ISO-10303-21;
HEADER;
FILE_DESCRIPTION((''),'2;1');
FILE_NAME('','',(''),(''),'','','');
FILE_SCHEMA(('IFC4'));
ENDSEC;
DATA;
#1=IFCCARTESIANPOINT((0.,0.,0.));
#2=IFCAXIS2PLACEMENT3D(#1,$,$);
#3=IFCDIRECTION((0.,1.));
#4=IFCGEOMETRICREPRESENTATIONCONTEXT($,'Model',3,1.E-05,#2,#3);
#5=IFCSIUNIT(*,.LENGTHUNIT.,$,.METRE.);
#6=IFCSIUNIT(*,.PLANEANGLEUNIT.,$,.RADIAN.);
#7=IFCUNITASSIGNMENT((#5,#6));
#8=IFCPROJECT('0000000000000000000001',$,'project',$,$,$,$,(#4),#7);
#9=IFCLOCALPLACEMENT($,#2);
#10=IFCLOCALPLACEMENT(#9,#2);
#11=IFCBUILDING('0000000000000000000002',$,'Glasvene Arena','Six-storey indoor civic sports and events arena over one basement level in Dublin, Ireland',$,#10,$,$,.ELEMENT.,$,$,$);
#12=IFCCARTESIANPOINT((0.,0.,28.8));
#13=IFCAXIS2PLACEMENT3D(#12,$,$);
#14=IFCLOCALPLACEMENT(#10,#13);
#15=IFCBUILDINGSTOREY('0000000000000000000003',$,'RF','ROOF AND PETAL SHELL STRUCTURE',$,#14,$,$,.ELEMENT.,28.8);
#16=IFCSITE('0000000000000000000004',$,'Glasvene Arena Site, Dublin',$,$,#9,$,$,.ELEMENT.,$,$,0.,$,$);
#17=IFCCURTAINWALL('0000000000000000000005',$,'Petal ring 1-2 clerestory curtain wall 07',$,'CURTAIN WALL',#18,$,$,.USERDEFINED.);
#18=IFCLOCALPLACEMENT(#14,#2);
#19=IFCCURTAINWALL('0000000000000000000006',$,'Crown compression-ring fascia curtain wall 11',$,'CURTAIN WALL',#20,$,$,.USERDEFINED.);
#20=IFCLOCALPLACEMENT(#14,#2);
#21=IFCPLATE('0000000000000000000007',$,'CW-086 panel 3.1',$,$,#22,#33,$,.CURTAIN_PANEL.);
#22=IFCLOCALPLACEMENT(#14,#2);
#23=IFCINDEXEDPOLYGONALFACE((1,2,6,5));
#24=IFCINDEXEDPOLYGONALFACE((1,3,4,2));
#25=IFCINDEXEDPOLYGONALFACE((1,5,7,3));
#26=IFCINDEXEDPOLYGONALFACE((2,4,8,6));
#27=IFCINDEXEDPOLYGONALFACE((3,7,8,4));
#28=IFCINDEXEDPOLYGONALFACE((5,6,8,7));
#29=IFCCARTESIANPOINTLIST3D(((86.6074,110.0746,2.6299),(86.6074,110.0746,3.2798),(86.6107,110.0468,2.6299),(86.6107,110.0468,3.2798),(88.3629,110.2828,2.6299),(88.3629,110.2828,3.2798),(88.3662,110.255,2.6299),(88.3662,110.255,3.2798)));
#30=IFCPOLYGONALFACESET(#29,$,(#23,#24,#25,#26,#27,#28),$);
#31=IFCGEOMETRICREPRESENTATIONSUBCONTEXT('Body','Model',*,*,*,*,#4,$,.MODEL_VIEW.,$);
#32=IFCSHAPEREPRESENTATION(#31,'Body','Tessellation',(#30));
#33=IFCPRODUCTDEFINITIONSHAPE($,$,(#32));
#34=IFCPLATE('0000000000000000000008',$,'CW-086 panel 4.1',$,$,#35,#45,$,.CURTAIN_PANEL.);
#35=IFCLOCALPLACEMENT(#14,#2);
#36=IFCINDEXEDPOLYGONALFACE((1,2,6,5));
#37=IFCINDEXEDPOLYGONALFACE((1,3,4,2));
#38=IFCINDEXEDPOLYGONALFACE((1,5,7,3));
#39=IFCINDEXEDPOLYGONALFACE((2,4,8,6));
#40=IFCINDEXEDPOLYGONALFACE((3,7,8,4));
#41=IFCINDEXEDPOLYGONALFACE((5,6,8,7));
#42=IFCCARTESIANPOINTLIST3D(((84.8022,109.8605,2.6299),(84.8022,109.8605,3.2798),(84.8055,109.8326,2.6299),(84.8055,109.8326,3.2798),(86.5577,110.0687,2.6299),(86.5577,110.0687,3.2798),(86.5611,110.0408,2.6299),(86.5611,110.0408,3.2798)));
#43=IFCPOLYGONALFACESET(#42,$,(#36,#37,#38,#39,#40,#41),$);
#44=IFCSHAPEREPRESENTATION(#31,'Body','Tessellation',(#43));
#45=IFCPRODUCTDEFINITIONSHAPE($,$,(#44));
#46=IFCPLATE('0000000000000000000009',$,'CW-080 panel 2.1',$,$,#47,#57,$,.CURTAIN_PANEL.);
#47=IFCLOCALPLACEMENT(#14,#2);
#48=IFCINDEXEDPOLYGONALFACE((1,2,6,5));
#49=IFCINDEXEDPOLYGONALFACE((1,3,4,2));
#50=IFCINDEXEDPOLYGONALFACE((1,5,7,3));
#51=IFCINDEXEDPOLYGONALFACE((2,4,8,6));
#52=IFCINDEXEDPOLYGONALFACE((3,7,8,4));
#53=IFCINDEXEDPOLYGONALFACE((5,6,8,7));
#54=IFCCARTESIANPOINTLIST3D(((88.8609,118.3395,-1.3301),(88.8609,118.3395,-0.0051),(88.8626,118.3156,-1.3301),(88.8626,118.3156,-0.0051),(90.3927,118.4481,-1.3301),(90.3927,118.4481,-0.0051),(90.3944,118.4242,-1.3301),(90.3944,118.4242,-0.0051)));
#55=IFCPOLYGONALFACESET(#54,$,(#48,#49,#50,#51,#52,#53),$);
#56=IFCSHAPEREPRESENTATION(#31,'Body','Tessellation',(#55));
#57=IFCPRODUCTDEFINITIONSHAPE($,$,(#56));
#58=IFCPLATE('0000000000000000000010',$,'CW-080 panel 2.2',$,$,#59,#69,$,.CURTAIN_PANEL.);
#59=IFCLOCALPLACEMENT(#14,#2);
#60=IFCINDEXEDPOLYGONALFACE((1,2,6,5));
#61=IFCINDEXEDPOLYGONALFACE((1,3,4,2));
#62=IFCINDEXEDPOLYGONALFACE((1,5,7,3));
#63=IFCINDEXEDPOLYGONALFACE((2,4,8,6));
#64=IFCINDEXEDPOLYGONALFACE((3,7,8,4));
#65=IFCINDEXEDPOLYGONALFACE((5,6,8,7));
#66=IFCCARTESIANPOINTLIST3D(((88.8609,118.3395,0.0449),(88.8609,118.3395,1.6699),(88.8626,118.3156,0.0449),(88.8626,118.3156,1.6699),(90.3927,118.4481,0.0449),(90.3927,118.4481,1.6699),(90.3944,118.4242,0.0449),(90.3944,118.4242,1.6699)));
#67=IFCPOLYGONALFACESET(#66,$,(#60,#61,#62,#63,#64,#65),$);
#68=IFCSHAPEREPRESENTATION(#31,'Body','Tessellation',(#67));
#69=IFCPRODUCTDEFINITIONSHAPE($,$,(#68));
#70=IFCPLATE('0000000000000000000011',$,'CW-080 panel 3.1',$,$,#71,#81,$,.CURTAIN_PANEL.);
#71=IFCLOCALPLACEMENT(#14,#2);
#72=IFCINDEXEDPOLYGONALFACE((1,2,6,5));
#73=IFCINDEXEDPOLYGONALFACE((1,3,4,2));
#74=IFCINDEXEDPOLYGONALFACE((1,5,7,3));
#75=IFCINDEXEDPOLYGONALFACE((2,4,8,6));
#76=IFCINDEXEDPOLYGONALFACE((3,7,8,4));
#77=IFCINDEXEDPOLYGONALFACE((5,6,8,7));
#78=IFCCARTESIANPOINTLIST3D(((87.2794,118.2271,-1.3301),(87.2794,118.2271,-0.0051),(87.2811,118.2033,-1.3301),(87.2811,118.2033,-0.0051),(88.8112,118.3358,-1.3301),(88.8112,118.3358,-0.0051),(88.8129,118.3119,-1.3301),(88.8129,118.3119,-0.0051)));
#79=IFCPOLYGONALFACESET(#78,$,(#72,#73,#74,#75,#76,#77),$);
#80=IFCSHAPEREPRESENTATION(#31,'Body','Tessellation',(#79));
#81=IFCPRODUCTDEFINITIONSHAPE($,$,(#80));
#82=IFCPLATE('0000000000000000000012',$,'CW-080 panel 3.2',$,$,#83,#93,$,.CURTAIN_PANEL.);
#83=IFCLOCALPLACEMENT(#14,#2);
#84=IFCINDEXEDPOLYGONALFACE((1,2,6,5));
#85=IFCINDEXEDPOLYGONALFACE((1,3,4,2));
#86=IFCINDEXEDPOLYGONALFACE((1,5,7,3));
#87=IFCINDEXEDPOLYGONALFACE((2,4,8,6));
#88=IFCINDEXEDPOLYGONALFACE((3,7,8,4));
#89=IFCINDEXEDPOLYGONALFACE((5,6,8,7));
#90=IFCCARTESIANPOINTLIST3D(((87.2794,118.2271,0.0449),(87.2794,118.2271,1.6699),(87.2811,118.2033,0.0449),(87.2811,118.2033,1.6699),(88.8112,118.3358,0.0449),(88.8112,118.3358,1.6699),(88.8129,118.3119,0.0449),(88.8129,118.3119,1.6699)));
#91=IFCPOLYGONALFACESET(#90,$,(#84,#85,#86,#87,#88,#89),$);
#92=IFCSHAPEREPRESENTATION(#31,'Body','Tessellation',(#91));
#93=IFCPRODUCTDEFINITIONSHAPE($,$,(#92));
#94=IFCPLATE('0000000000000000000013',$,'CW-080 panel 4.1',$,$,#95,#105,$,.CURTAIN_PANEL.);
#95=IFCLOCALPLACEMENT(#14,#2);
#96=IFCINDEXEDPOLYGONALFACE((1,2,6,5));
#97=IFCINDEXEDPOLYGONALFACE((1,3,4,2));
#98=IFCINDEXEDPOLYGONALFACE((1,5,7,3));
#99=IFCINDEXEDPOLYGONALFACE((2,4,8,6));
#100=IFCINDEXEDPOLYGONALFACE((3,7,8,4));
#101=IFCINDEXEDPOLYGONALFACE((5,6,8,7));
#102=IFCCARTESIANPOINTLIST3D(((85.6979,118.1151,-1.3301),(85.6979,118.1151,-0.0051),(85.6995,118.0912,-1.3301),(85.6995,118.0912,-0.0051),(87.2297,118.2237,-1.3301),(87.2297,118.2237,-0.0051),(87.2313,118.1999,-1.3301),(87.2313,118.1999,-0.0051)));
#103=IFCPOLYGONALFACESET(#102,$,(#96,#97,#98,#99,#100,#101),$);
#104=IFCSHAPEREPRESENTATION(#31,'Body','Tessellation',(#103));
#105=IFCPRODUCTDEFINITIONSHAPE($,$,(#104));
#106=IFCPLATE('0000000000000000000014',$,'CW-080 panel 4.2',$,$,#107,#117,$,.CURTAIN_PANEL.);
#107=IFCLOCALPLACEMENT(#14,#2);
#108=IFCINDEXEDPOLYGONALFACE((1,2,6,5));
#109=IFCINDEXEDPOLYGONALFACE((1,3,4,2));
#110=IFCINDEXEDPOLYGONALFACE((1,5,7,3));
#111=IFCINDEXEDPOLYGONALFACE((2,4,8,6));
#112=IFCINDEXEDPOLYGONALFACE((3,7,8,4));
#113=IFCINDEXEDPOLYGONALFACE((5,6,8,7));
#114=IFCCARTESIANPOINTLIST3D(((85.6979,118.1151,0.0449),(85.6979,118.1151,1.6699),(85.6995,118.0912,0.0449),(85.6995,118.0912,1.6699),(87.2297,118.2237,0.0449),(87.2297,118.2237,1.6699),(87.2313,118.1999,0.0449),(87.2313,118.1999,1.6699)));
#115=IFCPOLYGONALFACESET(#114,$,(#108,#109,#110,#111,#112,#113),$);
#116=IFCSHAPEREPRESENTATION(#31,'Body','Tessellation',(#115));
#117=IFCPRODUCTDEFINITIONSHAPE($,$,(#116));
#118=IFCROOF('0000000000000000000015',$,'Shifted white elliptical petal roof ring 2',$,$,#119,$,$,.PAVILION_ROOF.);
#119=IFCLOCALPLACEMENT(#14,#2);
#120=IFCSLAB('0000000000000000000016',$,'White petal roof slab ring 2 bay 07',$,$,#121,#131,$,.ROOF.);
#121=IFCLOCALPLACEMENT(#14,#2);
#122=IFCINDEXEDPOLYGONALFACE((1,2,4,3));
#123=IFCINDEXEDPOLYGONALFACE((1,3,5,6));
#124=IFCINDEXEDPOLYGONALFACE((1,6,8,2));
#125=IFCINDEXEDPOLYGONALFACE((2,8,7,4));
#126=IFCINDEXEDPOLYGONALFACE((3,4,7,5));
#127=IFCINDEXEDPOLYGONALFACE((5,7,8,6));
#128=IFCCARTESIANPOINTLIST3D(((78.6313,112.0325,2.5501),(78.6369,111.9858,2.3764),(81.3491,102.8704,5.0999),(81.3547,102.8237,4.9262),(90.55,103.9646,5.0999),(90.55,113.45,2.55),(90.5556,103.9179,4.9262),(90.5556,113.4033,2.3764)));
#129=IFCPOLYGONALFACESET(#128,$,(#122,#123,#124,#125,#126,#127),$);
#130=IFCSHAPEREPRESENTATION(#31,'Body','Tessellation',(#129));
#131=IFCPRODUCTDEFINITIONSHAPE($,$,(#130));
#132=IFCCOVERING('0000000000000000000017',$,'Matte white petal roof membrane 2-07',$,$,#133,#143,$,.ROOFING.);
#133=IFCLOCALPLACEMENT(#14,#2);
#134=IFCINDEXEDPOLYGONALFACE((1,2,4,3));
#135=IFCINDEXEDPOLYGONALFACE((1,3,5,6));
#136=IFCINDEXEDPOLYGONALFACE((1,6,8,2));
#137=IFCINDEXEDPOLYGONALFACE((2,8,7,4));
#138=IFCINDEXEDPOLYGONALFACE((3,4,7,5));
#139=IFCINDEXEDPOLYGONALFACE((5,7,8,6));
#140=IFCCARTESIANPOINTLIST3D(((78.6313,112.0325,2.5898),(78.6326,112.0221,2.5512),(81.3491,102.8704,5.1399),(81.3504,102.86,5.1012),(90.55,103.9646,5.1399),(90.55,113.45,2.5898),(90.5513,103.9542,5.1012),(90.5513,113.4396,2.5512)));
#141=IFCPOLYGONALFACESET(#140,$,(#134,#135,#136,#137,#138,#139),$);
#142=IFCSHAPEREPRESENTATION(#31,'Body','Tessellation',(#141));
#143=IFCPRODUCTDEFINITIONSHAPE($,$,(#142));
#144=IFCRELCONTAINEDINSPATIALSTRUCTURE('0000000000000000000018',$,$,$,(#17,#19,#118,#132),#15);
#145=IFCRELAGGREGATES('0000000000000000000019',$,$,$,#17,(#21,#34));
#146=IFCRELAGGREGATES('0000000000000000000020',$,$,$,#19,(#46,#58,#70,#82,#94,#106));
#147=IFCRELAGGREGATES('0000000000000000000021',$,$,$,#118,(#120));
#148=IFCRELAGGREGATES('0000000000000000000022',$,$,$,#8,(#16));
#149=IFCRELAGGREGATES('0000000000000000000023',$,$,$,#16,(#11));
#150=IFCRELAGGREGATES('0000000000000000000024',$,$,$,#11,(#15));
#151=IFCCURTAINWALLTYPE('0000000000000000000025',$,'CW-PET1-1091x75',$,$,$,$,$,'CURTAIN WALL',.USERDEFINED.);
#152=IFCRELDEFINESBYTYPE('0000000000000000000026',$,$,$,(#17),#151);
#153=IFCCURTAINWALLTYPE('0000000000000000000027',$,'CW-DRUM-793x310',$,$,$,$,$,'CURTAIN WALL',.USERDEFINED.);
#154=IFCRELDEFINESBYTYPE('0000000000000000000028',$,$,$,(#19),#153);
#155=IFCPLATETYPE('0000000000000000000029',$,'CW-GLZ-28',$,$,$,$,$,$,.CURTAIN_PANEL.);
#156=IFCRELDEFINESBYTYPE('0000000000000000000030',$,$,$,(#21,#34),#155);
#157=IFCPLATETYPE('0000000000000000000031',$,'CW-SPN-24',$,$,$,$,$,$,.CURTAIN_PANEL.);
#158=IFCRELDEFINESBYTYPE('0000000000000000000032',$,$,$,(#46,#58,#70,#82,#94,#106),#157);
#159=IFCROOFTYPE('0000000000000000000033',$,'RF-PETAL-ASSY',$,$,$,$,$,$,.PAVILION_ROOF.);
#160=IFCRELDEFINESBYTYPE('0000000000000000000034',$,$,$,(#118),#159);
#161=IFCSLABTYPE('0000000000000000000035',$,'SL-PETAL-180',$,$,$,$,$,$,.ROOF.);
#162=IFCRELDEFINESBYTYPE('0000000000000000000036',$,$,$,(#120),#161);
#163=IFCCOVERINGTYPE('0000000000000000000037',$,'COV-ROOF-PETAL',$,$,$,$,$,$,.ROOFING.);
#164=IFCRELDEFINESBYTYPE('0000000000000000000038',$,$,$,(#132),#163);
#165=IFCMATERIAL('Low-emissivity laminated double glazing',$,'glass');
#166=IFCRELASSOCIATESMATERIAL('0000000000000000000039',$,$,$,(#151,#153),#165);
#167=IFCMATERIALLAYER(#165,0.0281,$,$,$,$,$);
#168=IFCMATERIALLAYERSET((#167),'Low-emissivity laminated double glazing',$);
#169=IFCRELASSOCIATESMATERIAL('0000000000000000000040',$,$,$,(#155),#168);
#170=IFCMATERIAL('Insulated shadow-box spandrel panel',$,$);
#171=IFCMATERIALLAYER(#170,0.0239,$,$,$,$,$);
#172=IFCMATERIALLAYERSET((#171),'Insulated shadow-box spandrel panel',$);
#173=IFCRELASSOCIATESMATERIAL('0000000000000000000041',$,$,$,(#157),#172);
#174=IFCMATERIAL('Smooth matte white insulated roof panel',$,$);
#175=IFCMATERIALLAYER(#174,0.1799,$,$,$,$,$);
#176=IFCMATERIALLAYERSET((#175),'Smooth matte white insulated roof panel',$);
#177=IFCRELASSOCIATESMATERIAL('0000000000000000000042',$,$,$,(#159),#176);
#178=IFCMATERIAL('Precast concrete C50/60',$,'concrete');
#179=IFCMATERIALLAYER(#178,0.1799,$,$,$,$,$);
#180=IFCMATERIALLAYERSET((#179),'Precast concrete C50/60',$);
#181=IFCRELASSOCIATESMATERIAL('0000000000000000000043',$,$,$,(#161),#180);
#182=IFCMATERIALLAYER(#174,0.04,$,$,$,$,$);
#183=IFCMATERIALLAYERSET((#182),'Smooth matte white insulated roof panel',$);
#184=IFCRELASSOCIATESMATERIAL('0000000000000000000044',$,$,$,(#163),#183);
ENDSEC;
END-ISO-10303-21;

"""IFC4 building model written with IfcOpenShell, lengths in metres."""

from ifc_helpers import new_model, si_unit, direction, frame, origin, origin_2d, place, context, subcontext, project, spatial, polyline, rectangle, outline, extrude, material, layer, layer_set, type_object, element, aggregate, save


model = new_model("IFC4")

# Units and contexts
model_context = context("Model", 3, precision=1e-05, world=origin(), true_north=direction((0.0, 1.0)))
body_context = subcontext(model_context, "Body", "Model", "MODEL_VIEW")
ifc_project = project(units=[si_unit("LENGTHUNIT", "METRE"), si_unit("PLANEANGLEUNIT", "RADIAN")], contexts=[model_context])

# Site, building, storey
site_placement = place(None, origin())
site = spatial("IfcSite", under=ifc_project, at=site_placement, Name="Glasvene Arena Site, Dublin", CompositionType="ELEMENT", RefElevation=0.0)
building_placement = place(site_placement, origin())
building = spatial("IfcBuilding", under=site, at=building_placement, Name="Glasvene Arena", Description="Six-storey indoor civic sports and events arena over one basement level in Dublin, Ireland", CompositionType="ELEMENT")
storey_placement = place(building_placement, frame((0.0, 0.0, 28.8)))
storey = spatial("IfcBuildingStorey", under=building, at=storey_placement, Name="RF", Description="ROOF AND PETAL SHELL STRUCTURE", CompositionType="ELEMENT", Elevation=28.8)

# Curtain walls
ifc_material_1 = material(Name="Low-emissivity laminated double glazing", Category="glass")
curtain_wall_type_1 = type_object("IfcCurtainWallType", Name="CW-PET1-1091x75", ElementType="CURTAIN WALL", PredefinedType="USERDEFINED", material=ifc_material_1)
curtain_wall_1_placement = place(storey_placement, frame((92.0, 110.7, 0.0)))
curtain_wall_1 = element("IfcCurtainWall", 1, at=curtain_wall_1_placement, inside=storey, type_object=curtain_wall_type_1, Name="Petal ring 1-2 clerestory curtain wall 07", ObjectType="CURTAIN WALL", PredefinedType="USERDEFINED")
curtain_wall_type_2 = type_object("IfcCurtainWallType", Name="CW-DRUM-793x310", ElementType="CURTAIN WALL", PredefinedType="USERDEFINED", material=ifc_material_1)
curtain_wall_2_placement = place(storey_placement, frame((92.0, 118.55, 0.0)))
curtain_wall_2 = element("IfcCurtainWall", 2, at=curtain_wall_2_placement, inside=storey, type_object=curtain_wall_type_2, Name="Crown compression-ring fascia curtain wall 11", ObjectType="CURTAIN WALL", PredefinedType="USERDEFINED")

# Plates
ifc_layer_1 = layer(ifc_material_1, 0.0281)
ifc_layer_set_1 = layer_set([ifc_layer_1], Name="Low-emissivity laminated double glazing")
plate_type_1 = type_object("IfcPlateType", Name="CW-GLZ-28", PredefinedType="CURTAIN_PANEL", material=ifc_layer_set_1)
plate_1_placement = place(storey_placement, frame((87.4868, 110.1648, 2.6299), z_axis=(0.0, 0.0, 1.0), x_axis=(-0.993041, -0.117772, 0.0)))
plate_1 = element("IfcPlate", 3, at=plate_1_placement, type_object=plate_type_1, Name="CW-086 panel 3.1", PredefinedType="CURTAIN_PANEL", context=body_context, shape_type="SweptSolid", body=[
    extrude(rectangle(XDim=1.7678, YDim=0.0281, at=origin_2d()), origin(), (0.0, 0.0, 1.0), 0.6499),
])
plate_2_placement = place(storey_placement, frame((85.6816, 109.9507, 2.6299), z_axis=(0.0, 0.0, 1.0), x_axis=(-0.993041, -0.117772, 0.0)))
plate_2 = element("IfcPlate", 4, at=plate_2_placement, type_object=plate_type_1, Name="CW-086 panel 4.1", PredefinedType="CURTAIN_PANEL", context=body_context, shape_type="SweptSolid", body=[
    extrude(rectangle(XDim=1.7678, YDim=0.0281, at=origin_2d()), origin(), (0.0, 0.0, 1.0), 0.6499),
])
aggregate(curtain_wall_1, [plate_1, plate_2])
ifc_material_2 = material(Name="Insulated shadow-box spandrel panel")
ifc_layer_2 = layer(ifc_material_2, 0.0239)
ifc_layer_set_2 = layer_set([ifc_layer_2], Name="Insulated shadow-box spandrel panel")
plate_type_2 = type_object("IfcPlateType", Name="CW-SPN-24", PredefinedType="CURTAIN_PANEL", material=ifc_layer_set_2)
plate_3_placement = place(storey_placement, frame((89.6277, 118.3818, -1.3301), z_axis=(0.0, 0.0, 1.0), x_axis=(-0.997495, -0.07074, 0.0)))
plate_3 = element("IfcPlate", 5, at=plate_3_placement, type_object=plate_type_2, Name="CW-080 panel 2.1", PredefinedType="CURTAIN_PANEL", context=body_context, shape_type="SweptSolid", body=[
    extrude(rectangle(XDim=1.5356, YDim=0.0239, at=origin_2d()), origin(), (0.0, 0.0, 1.0), 1.325),
])
plate_4_placement = place(storey_placement, frame((89.6277, 118.3818, 0.0449), z_axis=(0.0, 0.0, 1.0), x_axis=(-0.997495, -0.07074, 0.0)))
plate_4 = element("IfcPlate", 6, at=plate_4_placement, type_object=plate_type_2, Name="CW-080 panel 2.2", PredefinedType="CURTAIN_PANEL", context=body_context, shape_type="SweptSolid", body=[
    extrude(rectangle(XDim=1.5356, YDim=0.0239, at=origin_2d()), origin(), (0.0, 0.0, 1.0), 1.625),
])
plate_5_placement = place(storey_placement, frame((88.0461, 118.2695, -1.3301), z_axis=(0.0, 0.0, 1.0), x_axis=(-0.997495, -0.07074, 0.0)))
plate_5 = element("IfcPlate", 7, at=plate_5_placement, type_object=plate_type_2, Name="CW-080 panel 3.1", PredefinedType="CURTAIN_PANEL", context=body_context, shape_type="SweptSolid", body=[
    extrude(rectangle(XDim=1.5356, YDim=0.0239, at=origin_2d()), origin(), (0.0, 0.0, 1.0), 1.325),
])
plate_6_placement = place(storey_placement, frame((88.0461, 118.2695, 0.0449), z_axis=(0.0, 0.0, 1.0), x_axis=(-0.997495, -0.07074, 0.0)))
plate_6 = element("IfcPlate", 8, at=plate_6_placement, type_object=plate_type_2, Name="CW-080 panel 3.2", PredefinedType="CURTAIN_PANEL", context=body_context, shape_type="SweptSolid", body=[
    extrude(rectangle(XDim=1.5356, YDim=0.0239, at=origin_2d()), origin(), (0.0, 0.0, 1.0), 1.625),
])
plate_7_placement = place(storey_placement, frame((86.4646, 118.1575, -1.3301), z_axis=(0.0, 0.0, 1.0), x_axis=(-0.997495, -0.07074, 0.0)))
plate_7 = element("IfcPlate", 9, at=plate_7_placement, type_object=plate_type_2, Name="CW-080 panel 4.1", PredefinedType="CURTAIN_PANEL", context=body_context, shape_type="SweptSolid", body=[
    extrude(rectangle(XDim=1.5356, YDim=0.0239, at=origin_2d()), origin(), (0.0, 0.0, 1.0), 1.325),
])
plate_8_placement = place(storey_placement, frame((86.4646, 118.1575, 0.0449), z_axis=(0.0, 0.0, 1.0), x_axis=(-0.997495, -0.07074, 0.0)))
plate_8 = element("IfcPlate", 10, at=plate_8_placement, type_object=plate_type_2, Name="CW-080 panel 4.2", PredefinedType="CURTAIN_PANEL", context=body_context, shape_type="SweptSolid", body=[
    extrude(rectangle(XDim=1.5356, YDim=0.0239, at=origin_2d()), origin(), (0.0, 0.0, 1.0), 1.625),
])
aggregate(curtain_wall_2, [plate_3, plate_4, plate_5, plate_6, plate_7, plate_8])

# Roof, slab
ifc_material_3 = material(Name="Smooth matte white insulated roof panel")
ifc_layer_3 = layer(ifc_material_3, 0.1799)
ifc_layer_set_3 = layer_set([ifc_layer_3], Name="Smooth matte white insulated roof panel")
roof_type = type_object("IfcRoofType", Name="RF-PETAL-ASSY", PredefinedType="PAVILION_ROOF", material=ifc_layer_set_3)
roof_placement = place(storey_placement, frame((90.55, 71.8501, 2.55)))
roof = element("IfcRoof", 11, at=roof_placement, inside=storey, type_object=roof_type, Name="Shifted white elliptical petal roof ring 2", PredefinedType="PAVILION_ROOF")
ifc_material_4 = material(Name="Precast concrete C50/60", Category="concrete")
ifc_layer_4 = layer(ifc_material_4, 0.1799)
ifc_layer_set_4 = layer_set([ifc_layer_4], Name="Precast concrete C50/60")
slab_type = type_object("IfcSlabType", Name="SL-PETAL-180", PredefinedType="ROOF", material=ifc_layer_set_4)
slab_placement = place(storey_placement, frame((90.55, 113.45, 2.55), z_axis=(-0.030859, 0.259476, 0.965256), x_axis=(-0.993002, -0.118097, 0.0)))
slab = element("IfcSlab", 12, at=slab_placement, type_object=slab_type, Name="White petal roof slab ring 2 bay 07", PredefinedType="ROOF", context=body_context, shape_type="SweptSolid", body=[
    extrude(outline(polyline([(0.0, 0.0), (12.0027, 0.0), (10.386, 9.758), (1.1202, 9.758), (0.0, 0.0)])), origin(), (0.0, 0.0, -1.0), 0.1799),
])
aggregate(roof, [slab])

# Covering
ifc_layer_5 = layer(ifc_material_3, 0.04)
ifc_layer_set_5 = layer_set([ifc_layer_5], Name="Smooth matte white insulated roof panel")
covering_type = type_object("IfcCoveringType", Name="COV-ROOF-PETAL", PredefinedType="ROOFING", material=ifc_layer_set_5)
covering_placement = place(storey_placement, frame((90.55, 113.45, 2.5898), z_axis=(-0.030862, 0.259499, 0.96525), x_axis=(-0.993002, -0.118097, 0.0)))
element("IfcCovering", 13, at=covering_placement, inside=storey, type_object=covering_type, Name="Matte white petal roof membrane 2-07", PredefinedType="ROOFING", context=body_context, shape_type="SweptSolid", body=[
    extrude(outline(polyline([(0.0, 0.0), (12.0027, 0.0), (10.386, 9.758), (1.1202, 9.7581), (0.0, 0.0)])), origin(), (0.0, 0.0, -1.0), 0.04),
])

save(model, "model.ifc")
